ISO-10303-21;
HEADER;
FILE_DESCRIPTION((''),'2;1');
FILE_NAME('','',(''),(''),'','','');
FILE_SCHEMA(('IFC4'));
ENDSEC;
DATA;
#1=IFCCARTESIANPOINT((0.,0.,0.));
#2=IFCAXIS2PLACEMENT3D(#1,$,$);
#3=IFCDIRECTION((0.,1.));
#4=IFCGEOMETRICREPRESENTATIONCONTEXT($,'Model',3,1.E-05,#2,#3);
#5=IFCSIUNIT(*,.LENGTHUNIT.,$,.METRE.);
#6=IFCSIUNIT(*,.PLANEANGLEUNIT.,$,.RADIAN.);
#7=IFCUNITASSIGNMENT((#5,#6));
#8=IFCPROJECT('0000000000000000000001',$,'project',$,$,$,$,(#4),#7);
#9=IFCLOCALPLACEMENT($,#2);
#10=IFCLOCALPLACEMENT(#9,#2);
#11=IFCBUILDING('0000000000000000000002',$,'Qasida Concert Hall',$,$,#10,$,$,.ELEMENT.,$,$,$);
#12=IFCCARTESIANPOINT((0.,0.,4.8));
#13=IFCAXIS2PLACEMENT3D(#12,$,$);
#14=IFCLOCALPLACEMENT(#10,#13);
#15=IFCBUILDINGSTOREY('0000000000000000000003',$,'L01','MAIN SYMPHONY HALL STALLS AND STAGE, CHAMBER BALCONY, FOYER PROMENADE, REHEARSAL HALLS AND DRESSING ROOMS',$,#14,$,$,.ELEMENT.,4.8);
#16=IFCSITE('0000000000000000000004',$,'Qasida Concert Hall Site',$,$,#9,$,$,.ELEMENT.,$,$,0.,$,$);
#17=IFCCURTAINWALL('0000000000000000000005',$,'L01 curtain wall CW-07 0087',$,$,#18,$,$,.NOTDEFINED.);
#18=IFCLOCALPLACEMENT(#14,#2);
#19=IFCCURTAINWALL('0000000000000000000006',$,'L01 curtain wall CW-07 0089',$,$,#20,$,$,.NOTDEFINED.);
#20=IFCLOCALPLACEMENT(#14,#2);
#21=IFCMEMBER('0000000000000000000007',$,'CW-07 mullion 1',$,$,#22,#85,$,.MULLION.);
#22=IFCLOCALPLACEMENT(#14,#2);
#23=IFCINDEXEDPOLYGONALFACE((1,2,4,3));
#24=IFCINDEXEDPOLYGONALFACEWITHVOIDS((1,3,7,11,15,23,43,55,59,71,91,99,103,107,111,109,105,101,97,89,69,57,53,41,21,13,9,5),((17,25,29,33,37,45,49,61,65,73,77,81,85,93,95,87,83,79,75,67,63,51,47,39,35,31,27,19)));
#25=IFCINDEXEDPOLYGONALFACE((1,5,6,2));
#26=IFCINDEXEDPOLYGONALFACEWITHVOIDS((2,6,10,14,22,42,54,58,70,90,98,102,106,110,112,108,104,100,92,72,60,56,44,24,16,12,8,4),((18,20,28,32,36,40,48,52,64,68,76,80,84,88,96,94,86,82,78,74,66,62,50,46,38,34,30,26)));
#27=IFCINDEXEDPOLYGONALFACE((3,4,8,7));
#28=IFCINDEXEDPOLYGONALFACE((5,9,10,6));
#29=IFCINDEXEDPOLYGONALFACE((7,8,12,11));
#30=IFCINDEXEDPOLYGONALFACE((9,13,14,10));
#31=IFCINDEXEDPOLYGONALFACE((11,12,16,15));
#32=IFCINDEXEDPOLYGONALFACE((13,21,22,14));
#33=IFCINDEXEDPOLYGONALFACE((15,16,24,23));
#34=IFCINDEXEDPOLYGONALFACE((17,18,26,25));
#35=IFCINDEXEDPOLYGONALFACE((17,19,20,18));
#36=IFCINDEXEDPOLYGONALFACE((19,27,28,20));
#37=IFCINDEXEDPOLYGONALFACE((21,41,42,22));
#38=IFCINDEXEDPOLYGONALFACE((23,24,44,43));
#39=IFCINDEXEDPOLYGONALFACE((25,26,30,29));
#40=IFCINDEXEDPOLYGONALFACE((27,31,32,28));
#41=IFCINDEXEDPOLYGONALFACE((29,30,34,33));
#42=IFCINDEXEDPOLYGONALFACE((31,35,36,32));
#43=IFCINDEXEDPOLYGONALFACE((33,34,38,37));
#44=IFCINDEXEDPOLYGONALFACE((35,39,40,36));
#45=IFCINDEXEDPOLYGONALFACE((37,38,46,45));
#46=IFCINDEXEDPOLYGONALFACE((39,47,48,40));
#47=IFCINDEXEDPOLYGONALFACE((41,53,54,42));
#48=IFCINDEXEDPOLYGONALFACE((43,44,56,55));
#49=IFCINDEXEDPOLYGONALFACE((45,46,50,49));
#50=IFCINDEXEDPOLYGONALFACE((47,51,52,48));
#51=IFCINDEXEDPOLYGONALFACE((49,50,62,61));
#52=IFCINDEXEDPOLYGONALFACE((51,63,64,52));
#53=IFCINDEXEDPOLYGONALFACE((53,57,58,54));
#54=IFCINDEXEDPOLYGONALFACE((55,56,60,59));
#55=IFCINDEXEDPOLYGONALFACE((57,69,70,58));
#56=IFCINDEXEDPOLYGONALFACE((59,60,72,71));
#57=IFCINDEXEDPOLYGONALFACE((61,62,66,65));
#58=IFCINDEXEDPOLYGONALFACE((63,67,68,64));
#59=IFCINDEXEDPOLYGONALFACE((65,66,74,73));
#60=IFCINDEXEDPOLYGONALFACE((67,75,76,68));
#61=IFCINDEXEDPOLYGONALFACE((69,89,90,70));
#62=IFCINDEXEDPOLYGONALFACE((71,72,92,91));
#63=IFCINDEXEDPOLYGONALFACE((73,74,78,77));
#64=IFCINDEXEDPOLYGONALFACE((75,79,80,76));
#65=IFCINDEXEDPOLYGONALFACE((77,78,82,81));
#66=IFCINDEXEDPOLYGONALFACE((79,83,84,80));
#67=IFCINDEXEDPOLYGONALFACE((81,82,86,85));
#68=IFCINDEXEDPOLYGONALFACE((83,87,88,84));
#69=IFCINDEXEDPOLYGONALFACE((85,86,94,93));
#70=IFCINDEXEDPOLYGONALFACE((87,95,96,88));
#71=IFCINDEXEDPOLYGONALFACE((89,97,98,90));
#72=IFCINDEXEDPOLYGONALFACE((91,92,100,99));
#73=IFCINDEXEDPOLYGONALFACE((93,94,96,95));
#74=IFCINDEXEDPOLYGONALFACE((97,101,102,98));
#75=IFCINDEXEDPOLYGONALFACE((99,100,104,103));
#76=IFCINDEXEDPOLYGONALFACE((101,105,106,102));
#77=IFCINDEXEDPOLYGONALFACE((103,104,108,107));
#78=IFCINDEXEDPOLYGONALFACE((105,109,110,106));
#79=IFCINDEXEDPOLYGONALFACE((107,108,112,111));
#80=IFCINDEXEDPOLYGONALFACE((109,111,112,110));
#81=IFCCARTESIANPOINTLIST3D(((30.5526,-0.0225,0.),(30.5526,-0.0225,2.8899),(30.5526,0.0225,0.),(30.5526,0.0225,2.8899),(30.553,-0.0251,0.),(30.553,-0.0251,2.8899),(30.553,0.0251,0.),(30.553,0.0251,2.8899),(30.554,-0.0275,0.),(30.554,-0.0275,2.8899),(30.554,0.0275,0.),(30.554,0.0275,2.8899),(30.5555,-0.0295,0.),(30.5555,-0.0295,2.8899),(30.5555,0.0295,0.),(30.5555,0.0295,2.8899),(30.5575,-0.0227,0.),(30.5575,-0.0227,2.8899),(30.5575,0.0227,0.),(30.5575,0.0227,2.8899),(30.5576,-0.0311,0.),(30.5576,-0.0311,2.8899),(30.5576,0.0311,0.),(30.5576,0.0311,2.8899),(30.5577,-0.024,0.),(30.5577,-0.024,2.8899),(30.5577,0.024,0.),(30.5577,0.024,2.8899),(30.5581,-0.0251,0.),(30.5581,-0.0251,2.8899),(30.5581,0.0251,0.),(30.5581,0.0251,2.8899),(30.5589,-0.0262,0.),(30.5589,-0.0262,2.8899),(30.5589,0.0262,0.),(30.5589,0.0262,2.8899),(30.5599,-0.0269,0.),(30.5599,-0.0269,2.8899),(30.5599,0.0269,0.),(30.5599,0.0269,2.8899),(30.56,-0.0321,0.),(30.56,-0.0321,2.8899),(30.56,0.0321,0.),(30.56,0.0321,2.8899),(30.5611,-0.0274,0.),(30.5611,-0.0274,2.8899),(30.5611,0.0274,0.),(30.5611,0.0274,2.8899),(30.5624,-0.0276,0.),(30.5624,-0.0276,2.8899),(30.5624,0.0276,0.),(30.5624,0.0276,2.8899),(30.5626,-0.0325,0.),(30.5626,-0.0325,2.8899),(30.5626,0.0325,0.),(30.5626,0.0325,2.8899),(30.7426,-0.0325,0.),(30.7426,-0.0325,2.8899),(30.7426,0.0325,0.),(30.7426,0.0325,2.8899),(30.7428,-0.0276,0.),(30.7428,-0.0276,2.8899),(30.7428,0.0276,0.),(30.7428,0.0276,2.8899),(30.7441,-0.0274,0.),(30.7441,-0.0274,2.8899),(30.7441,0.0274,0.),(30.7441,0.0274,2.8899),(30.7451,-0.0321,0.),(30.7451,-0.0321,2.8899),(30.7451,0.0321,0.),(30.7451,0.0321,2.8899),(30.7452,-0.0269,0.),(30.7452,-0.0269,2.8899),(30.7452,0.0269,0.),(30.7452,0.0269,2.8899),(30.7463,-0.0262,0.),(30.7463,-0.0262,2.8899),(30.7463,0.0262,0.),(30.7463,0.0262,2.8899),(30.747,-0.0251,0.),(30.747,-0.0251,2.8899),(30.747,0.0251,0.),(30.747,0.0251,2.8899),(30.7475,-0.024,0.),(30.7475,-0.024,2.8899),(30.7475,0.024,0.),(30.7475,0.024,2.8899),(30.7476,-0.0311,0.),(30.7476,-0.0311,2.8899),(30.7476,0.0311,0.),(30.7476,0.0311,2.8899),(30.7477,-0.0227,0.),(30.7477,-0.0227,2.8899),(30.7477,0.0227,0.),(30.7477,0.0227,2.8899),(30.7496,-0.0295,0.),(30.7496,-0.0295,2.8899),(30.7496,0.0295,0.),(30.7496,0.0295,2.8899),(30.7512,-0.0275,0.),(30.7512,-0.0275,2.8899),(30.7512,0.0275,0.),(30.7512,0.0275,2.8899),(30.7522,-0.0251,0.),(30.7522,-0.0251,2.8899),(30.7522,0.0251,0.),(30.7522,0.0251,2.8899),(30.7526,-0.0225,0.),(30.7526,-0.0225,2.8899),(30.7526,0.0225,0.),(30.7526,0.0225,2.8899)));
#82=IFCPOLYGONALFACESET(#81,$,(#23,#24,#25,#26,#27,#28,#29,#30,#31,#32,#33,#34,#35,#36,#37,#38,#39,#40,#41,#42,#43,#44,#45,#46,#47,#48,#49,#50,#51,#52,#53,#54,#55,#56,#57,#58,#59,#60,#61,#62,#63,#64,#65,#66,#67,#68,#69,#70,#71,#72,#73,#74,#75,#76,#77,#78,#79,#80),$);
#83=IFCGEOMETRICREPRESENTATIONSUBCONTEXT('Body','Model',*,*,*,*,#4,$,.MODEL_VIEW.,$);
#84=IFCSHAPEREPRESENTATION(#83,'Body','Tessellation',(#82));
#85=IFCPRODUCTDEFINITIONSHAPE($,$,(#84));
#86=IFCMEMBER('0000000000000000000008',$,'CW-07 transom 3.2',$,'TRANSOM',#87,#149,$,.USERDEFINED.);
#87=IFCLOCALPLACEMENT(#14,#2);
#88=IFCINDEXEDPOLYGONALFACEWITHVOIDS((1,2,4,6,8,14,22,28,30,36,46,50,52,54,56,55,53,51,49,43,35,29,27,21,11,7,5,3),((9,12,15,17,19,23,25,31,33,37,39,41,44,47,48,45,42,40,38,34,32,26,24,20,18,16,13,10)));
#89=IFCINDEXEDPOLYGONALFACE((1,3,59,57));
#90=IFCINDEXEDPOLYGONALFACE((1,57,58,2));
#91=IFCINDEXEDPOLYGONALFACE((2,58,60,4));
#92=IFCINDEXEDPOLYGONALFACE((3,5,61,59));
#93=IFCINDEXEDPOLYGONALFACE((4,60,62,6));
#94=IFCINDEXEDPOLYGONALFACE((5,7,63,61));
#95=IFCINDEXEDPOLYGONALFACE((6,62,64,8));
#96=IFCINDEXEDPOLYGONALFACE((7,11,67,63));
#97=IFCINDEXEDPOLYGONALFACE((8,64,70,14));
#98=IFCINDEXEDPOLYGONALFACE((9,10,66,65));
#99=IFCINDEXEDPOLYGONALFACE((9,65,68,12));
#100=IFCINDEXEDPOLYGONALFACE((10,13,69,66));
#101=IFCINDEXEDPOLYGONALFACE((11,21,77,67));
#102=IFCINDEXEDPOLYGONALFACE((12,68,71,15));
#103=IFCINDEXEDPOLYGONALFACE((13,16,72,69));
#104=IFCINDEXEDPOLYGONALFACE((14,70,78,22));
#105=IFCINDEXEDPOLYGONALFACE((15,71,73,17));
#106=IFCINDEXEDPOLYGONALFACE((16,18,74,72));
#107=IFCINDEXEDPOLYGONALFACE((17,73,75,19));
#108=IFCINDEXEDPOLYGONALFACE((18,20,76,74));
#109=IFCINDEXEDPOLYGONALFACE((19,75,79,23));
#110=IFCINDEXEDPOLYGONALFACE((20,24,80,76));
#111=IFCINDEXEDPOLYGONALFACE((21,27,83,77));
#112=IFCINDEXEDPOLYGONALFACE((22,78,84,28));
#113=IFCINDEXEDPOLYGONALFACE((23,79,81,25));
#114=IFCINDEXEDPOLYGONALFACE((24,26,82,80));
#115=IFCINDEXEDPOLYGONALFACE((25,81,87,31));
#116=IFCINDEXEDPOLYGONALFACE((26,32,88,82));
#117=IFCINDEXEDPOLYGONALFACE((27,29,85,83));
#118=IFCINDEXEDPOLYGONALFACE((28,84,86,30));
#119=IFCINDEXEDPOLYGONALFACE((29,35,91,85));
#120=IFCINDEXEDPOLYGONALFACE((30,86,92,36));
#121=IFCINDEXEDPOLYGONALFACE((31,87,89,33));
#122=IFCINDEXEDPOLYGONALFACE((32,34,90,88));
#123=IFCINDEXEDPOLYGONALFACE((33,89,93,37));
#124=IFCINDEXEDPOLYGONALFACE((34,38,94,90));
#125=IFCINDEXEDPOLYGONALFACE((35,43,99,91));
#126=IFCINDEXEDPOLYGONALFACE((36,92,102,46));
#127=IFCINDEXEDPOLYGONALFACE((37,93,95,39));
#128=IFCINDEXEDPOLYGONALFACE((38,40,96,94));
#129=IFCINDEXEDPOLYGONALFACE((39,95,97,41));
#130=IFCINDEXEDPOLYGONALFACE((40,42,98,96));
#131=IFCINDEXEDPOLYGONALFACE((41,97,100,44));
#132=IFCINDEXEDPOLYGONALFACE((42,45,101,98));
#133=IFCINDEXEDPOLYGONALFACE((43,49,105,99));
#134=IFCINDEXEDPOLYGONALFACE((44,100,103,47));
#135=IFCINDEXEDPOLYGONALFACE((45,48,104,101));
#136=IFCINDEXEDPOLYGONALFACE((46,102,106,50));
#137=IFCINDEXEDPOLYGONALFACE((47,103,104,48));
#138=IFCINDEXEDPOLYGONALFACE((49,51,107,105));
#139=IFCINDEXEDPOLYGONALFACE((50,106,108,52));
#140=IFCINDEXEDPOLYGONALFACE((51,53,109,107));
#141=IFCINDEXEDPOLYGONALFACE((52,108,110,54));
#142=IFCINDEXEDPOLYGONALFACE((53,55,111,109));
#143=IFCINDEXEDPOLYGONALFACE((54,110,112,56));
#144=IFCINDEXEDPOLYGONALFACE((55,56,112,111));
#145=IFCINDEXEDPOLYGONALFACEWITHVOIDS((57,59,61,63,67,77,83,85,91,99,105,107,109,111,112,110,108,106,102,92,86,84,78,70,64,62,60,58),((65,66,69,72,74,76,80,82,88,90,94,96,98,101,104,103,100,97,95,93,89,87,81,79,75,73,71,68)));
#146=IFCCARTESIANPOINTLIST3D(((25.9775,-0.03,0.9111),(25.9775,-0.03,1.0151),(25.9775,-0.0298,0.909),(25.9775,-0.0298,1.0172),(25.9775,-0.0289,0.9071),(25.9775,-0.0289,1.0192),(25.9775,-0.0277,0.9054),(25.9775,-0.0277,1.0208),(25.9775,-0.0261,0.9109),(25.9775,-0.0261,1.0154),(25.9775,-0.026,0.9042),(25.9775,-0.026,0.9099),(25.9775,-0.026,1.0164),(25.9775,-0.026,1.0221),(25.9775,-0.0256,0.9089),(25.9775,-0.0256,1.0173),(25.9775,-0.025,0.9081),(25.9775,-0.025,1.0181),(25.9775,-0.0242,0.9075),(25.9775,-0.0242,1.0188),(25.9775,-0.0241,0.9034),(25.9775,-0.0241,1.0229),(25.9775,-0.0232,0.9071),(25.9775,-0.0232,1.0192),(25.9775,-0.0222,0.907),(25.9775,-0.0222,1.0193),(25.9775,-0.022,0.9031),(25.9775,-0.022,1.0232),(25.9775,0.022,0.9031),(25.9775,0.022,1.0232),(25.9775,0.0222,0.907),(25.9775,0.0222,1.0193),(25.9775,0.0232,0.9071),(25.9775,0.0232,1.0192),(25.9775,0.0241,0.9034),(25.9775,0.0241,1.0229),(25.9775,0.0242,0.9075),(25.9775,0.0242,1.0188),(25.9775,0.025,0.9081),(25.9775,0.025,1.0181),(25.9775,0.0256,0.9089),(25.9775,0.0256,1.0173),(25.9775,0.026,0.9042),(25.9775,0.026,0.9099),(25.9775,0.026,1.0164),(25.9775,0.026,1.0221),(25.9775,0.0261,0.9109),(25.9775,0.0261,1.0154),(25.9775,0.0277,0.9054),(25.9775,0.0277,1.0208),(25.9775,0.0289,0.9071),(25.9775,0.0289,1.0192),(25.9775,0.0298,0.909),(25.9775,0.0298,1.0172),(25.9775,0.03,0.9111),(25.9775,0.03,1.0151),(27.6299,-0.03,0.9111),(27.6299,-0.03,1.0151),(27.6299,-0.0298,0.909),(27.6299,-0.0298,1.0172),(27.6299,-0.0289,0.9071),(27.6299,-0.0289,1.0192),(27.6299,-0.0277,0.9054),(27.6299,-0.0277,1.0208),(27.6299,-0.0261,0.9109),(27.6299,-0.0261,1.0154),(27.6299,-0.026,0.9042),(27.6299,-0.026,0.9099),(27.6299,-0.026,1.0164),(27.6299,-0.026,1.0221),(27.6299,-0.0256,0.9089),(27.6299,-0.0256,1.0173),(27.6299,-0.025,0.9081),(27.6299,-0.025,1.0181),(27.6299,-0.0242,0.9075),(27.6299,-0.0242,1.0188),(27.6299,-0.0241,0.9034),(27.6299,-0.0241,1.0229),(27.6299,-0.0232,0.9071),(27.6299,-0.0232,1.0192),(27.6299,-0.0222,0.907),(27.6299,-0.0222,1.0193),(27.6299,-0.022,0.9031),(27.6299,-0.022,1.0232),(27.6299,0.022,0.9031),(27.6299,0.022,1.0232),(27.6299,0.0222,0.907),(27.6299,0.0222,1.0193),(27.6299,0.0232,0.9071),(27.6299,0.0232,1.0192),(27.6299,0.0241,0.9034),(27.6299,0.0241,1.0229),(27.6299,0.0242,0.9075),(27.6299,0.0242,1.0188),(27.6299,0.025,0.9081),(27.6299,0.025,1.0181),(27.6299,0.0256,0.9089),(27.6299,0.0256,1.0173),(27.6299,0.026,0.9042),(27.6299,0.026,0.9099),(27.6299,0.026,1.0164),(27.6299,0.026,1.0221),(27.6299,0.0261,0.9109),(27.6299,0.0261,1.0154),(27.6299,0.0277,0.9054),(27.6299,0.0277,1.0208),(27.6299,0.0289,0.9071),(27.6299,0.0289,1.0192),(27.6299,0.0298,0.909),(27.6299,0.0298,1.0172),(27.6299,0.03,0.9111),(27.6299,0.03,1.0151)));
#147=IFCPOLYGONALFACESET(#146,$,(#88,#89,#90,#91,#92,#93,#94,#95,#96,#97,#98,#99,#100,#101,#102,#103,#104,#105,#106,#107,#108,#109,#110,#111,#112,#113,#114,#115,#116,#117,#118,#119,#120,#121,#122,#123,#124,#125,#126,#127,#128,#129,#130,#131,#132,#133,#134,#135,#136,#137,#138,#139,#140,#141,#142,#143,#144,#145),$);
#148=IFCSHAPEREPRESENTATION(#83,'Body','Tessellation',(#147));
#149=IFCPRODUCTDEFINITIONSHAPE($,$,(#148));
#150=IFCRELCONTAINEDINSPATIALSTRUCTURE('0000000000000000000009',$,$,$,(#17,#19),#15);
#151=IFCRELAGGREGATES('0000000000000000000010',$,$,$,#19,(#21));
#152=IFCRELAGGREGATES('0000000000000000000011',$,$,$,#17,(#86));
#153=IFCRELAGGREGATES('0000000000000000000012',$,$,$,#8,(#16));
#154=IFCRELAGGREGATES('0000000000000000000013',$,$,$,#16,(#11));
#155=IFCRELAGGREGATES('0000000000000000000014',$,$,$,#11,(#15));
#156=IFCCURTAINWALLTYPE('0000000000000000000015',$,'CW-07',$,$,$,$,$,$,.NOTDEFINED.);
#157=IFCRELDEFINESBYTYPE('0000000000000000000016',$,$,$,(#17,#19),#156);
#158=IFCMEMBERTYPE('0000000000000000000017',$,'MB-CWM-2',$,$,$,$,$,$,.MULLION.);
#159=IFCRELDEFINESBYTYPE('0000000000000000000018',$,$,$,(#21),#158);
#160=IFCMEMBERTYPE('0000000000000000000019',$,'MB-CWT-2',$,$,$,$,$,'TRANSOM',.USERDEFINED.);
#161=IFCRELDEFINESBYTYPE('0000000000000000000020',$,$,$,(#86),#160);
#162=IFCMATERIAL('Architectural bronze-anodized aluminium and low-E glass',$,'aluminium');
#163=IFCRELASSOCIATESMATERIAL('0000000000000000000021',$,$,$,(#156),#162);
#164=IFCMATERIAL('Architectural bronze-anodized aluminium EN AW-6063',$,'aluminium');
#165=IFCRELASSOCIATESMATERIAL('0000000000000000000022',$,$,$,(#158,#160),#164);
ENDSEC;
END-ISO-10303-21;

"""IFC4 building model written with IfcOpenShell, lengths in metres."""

from ifc_helpers import new_model, si_unit, direction, frame, origin, origin_2d, place, context, subcontext, project, spatial, hollow_rectangle, extrude, material, material_profile, profile_set, type_object, element, aggregate, save


model = new_model("IFC4")

# Units and contexts
model_context = context("Model", 3, precision=1e-05, world=origin(), true_north=direction((0.0, 1.0)))
body_context = subcontext(model_context, "Body", "Model", "MODEL_VIEW")
ifc_project = project(units=[si_unit("LENGTHUNIT", "METRE"), si_unit("PLANEANGLEUNIT", "RADIAN")], contexts=[model_context])

# Site, building, storey
site_placement = place(None, origin())
site = spatial("IfcSite", under=ifc_project, at=site_placement, Name="Qasida Concert Hall Site", CompositionType="ELEMENT", RefElevation=0.0)
building_placement = place(site_placement, origin())
building = spatial("IfcBuilding", under=site, at=building_placement, Name="Qasida Concert Hall", CompositionType="ELEMENT")
storey_placement = place(building_placement, frame((0.0, 0.0, 4.8)))
storey = spatial("IfcBuildingStorey", under=building, at=storey_placement, Name="L01", Description="MAIN SYMPHONY HALL STALLS AND STAGE, CHAMBER BALCONY, FOYER PROMENADE, REHEARSAL HALLS AND DRESSING ROOMS", CompositionType="ELEMENT", Elevation=4.8)

# Curtain wall
ifc_material_1 = material(Name="Architectural bronze-anodized aluminium and low-E glass", Category="aluminium")
curtain_wall_type = type_object("IfcCurtainWallType", Name="CW-07", PredefinedType="NOTDEFINED", material=ifc_material_1)
curtain_wall_1_placement = place(storey_placement, origin())
curtain_wall_1 = element("IfcCurtainWall", 1, at=curtain_wall_1_placement, inside=storey, type_object=curtain_wall_type, Name="L01 curtain wall CW-07 0087", PredefinedType="NOTDEFINED")
ifc_material_2 = material(Name="Architectural bronze-anodized aluminium EN AW-6063", Category="aluminium")
ifc_material_profile_1 = material_profile(ifc_material_2, hollow_rectangle(XDim=0.0649, YDim=0.2, WallThickness=0.0049, InnerFilletRadius=0.0049, OuterFilletRadius=0.01, at=origin_2d()), Name="CWM 200x65x5")
ifc_profile_set_1 = profile_set([ifc_material_profile_1], Name="Architectural bronze-anodized aluminium EN AW-6063")
member_type_1 = type_object("IfcMemberType", Name="MB-CWM-2", PredefinedType="MULLION", material=ifc_profile_set_1)

# Curtain wall, member
curtain_wall_2_placement = place(storey_placement, origin())
curtain_wall_2 = element("IfcCurtainWall", 2, at=curtain_wall_2_placement, inside=storey, type_object=curtain_wall_type, Name="L01 curtain wall CW-07 0089", PredefinedType="NOTDEFINED")
member_1_placement = place(storey_placement, frame((30.6526, 0.0, 0.0), z_axis=(0.0, 0.0, 1.0), x_axis=(0.0, 1.0, 0.0)))
member_1 = element("IfcMember", 3, at=member_1_placement, type_object=member_type_1, Name="CW-07 mullion 1", PredefinedType="MULLION", context=body_context, shape_type="SweptSolid", body=[
    extrude(hollow_rectangle(XDim=0.0649, YDim=0.2, WallThickness=0.0049, InnerFilletRadius=0.0049, OuterFilletRadius=0.01, at=origin_2d()), origin(), (0.0, 0.0, 1.0), 2.8899),
])

# Member
ifc_material_profile_2 = material_profile(ifc_material_2, hollow_rectangle(XDim=0.0601, YDim=0.1201, WallThickness=0.0039, InnerFilletRadius=0.0039, OuterFilletRadius=0.0081, at=origin_2d()), Name="CWT 120x60x4")
ifc_profile_set_2 = profile_set([ifc_material_profile_2], Name="Architectural bronze-anodized aluminium EN AW-6063")
member_type_2 = type_object("IfcMemberType", Name="MB-CWT-2", ElementType="TRANSOM", PredefinedType="USERDEFINED", material=ifc_profile_set_2)
member_2_placement = place(storey_placement, frame((25.9775, 0.0, 0.9631), z_axis=(1.0, 0.0, 0.0), x_axis=(0.0, 1.0, 0.0)))
member_2 = element("IfcMember", 4, at=member_2_placement, type_object=member_type_2, Name="CW-07 transom 3.2", ObjectType="TRANSOM", PredefinedType="USERDEFINED", context=body_context, shape_type="SweptSolid", body=[
    extrude(hollow_rectangle(XDim=0.0601, YDim=0.1201, WallThickness=0.0039, InnerFilletRadius=0.0039, OuterFilletRadius=0.0081, at=origin_2d()), origin(), (0.0, 0.0, 1.0), 1.6523),
])
aggregate(curtain_wall_2, [member_1])

aggregate(curtain_wall_1, [member_2])

save(model, "model.ifc")
